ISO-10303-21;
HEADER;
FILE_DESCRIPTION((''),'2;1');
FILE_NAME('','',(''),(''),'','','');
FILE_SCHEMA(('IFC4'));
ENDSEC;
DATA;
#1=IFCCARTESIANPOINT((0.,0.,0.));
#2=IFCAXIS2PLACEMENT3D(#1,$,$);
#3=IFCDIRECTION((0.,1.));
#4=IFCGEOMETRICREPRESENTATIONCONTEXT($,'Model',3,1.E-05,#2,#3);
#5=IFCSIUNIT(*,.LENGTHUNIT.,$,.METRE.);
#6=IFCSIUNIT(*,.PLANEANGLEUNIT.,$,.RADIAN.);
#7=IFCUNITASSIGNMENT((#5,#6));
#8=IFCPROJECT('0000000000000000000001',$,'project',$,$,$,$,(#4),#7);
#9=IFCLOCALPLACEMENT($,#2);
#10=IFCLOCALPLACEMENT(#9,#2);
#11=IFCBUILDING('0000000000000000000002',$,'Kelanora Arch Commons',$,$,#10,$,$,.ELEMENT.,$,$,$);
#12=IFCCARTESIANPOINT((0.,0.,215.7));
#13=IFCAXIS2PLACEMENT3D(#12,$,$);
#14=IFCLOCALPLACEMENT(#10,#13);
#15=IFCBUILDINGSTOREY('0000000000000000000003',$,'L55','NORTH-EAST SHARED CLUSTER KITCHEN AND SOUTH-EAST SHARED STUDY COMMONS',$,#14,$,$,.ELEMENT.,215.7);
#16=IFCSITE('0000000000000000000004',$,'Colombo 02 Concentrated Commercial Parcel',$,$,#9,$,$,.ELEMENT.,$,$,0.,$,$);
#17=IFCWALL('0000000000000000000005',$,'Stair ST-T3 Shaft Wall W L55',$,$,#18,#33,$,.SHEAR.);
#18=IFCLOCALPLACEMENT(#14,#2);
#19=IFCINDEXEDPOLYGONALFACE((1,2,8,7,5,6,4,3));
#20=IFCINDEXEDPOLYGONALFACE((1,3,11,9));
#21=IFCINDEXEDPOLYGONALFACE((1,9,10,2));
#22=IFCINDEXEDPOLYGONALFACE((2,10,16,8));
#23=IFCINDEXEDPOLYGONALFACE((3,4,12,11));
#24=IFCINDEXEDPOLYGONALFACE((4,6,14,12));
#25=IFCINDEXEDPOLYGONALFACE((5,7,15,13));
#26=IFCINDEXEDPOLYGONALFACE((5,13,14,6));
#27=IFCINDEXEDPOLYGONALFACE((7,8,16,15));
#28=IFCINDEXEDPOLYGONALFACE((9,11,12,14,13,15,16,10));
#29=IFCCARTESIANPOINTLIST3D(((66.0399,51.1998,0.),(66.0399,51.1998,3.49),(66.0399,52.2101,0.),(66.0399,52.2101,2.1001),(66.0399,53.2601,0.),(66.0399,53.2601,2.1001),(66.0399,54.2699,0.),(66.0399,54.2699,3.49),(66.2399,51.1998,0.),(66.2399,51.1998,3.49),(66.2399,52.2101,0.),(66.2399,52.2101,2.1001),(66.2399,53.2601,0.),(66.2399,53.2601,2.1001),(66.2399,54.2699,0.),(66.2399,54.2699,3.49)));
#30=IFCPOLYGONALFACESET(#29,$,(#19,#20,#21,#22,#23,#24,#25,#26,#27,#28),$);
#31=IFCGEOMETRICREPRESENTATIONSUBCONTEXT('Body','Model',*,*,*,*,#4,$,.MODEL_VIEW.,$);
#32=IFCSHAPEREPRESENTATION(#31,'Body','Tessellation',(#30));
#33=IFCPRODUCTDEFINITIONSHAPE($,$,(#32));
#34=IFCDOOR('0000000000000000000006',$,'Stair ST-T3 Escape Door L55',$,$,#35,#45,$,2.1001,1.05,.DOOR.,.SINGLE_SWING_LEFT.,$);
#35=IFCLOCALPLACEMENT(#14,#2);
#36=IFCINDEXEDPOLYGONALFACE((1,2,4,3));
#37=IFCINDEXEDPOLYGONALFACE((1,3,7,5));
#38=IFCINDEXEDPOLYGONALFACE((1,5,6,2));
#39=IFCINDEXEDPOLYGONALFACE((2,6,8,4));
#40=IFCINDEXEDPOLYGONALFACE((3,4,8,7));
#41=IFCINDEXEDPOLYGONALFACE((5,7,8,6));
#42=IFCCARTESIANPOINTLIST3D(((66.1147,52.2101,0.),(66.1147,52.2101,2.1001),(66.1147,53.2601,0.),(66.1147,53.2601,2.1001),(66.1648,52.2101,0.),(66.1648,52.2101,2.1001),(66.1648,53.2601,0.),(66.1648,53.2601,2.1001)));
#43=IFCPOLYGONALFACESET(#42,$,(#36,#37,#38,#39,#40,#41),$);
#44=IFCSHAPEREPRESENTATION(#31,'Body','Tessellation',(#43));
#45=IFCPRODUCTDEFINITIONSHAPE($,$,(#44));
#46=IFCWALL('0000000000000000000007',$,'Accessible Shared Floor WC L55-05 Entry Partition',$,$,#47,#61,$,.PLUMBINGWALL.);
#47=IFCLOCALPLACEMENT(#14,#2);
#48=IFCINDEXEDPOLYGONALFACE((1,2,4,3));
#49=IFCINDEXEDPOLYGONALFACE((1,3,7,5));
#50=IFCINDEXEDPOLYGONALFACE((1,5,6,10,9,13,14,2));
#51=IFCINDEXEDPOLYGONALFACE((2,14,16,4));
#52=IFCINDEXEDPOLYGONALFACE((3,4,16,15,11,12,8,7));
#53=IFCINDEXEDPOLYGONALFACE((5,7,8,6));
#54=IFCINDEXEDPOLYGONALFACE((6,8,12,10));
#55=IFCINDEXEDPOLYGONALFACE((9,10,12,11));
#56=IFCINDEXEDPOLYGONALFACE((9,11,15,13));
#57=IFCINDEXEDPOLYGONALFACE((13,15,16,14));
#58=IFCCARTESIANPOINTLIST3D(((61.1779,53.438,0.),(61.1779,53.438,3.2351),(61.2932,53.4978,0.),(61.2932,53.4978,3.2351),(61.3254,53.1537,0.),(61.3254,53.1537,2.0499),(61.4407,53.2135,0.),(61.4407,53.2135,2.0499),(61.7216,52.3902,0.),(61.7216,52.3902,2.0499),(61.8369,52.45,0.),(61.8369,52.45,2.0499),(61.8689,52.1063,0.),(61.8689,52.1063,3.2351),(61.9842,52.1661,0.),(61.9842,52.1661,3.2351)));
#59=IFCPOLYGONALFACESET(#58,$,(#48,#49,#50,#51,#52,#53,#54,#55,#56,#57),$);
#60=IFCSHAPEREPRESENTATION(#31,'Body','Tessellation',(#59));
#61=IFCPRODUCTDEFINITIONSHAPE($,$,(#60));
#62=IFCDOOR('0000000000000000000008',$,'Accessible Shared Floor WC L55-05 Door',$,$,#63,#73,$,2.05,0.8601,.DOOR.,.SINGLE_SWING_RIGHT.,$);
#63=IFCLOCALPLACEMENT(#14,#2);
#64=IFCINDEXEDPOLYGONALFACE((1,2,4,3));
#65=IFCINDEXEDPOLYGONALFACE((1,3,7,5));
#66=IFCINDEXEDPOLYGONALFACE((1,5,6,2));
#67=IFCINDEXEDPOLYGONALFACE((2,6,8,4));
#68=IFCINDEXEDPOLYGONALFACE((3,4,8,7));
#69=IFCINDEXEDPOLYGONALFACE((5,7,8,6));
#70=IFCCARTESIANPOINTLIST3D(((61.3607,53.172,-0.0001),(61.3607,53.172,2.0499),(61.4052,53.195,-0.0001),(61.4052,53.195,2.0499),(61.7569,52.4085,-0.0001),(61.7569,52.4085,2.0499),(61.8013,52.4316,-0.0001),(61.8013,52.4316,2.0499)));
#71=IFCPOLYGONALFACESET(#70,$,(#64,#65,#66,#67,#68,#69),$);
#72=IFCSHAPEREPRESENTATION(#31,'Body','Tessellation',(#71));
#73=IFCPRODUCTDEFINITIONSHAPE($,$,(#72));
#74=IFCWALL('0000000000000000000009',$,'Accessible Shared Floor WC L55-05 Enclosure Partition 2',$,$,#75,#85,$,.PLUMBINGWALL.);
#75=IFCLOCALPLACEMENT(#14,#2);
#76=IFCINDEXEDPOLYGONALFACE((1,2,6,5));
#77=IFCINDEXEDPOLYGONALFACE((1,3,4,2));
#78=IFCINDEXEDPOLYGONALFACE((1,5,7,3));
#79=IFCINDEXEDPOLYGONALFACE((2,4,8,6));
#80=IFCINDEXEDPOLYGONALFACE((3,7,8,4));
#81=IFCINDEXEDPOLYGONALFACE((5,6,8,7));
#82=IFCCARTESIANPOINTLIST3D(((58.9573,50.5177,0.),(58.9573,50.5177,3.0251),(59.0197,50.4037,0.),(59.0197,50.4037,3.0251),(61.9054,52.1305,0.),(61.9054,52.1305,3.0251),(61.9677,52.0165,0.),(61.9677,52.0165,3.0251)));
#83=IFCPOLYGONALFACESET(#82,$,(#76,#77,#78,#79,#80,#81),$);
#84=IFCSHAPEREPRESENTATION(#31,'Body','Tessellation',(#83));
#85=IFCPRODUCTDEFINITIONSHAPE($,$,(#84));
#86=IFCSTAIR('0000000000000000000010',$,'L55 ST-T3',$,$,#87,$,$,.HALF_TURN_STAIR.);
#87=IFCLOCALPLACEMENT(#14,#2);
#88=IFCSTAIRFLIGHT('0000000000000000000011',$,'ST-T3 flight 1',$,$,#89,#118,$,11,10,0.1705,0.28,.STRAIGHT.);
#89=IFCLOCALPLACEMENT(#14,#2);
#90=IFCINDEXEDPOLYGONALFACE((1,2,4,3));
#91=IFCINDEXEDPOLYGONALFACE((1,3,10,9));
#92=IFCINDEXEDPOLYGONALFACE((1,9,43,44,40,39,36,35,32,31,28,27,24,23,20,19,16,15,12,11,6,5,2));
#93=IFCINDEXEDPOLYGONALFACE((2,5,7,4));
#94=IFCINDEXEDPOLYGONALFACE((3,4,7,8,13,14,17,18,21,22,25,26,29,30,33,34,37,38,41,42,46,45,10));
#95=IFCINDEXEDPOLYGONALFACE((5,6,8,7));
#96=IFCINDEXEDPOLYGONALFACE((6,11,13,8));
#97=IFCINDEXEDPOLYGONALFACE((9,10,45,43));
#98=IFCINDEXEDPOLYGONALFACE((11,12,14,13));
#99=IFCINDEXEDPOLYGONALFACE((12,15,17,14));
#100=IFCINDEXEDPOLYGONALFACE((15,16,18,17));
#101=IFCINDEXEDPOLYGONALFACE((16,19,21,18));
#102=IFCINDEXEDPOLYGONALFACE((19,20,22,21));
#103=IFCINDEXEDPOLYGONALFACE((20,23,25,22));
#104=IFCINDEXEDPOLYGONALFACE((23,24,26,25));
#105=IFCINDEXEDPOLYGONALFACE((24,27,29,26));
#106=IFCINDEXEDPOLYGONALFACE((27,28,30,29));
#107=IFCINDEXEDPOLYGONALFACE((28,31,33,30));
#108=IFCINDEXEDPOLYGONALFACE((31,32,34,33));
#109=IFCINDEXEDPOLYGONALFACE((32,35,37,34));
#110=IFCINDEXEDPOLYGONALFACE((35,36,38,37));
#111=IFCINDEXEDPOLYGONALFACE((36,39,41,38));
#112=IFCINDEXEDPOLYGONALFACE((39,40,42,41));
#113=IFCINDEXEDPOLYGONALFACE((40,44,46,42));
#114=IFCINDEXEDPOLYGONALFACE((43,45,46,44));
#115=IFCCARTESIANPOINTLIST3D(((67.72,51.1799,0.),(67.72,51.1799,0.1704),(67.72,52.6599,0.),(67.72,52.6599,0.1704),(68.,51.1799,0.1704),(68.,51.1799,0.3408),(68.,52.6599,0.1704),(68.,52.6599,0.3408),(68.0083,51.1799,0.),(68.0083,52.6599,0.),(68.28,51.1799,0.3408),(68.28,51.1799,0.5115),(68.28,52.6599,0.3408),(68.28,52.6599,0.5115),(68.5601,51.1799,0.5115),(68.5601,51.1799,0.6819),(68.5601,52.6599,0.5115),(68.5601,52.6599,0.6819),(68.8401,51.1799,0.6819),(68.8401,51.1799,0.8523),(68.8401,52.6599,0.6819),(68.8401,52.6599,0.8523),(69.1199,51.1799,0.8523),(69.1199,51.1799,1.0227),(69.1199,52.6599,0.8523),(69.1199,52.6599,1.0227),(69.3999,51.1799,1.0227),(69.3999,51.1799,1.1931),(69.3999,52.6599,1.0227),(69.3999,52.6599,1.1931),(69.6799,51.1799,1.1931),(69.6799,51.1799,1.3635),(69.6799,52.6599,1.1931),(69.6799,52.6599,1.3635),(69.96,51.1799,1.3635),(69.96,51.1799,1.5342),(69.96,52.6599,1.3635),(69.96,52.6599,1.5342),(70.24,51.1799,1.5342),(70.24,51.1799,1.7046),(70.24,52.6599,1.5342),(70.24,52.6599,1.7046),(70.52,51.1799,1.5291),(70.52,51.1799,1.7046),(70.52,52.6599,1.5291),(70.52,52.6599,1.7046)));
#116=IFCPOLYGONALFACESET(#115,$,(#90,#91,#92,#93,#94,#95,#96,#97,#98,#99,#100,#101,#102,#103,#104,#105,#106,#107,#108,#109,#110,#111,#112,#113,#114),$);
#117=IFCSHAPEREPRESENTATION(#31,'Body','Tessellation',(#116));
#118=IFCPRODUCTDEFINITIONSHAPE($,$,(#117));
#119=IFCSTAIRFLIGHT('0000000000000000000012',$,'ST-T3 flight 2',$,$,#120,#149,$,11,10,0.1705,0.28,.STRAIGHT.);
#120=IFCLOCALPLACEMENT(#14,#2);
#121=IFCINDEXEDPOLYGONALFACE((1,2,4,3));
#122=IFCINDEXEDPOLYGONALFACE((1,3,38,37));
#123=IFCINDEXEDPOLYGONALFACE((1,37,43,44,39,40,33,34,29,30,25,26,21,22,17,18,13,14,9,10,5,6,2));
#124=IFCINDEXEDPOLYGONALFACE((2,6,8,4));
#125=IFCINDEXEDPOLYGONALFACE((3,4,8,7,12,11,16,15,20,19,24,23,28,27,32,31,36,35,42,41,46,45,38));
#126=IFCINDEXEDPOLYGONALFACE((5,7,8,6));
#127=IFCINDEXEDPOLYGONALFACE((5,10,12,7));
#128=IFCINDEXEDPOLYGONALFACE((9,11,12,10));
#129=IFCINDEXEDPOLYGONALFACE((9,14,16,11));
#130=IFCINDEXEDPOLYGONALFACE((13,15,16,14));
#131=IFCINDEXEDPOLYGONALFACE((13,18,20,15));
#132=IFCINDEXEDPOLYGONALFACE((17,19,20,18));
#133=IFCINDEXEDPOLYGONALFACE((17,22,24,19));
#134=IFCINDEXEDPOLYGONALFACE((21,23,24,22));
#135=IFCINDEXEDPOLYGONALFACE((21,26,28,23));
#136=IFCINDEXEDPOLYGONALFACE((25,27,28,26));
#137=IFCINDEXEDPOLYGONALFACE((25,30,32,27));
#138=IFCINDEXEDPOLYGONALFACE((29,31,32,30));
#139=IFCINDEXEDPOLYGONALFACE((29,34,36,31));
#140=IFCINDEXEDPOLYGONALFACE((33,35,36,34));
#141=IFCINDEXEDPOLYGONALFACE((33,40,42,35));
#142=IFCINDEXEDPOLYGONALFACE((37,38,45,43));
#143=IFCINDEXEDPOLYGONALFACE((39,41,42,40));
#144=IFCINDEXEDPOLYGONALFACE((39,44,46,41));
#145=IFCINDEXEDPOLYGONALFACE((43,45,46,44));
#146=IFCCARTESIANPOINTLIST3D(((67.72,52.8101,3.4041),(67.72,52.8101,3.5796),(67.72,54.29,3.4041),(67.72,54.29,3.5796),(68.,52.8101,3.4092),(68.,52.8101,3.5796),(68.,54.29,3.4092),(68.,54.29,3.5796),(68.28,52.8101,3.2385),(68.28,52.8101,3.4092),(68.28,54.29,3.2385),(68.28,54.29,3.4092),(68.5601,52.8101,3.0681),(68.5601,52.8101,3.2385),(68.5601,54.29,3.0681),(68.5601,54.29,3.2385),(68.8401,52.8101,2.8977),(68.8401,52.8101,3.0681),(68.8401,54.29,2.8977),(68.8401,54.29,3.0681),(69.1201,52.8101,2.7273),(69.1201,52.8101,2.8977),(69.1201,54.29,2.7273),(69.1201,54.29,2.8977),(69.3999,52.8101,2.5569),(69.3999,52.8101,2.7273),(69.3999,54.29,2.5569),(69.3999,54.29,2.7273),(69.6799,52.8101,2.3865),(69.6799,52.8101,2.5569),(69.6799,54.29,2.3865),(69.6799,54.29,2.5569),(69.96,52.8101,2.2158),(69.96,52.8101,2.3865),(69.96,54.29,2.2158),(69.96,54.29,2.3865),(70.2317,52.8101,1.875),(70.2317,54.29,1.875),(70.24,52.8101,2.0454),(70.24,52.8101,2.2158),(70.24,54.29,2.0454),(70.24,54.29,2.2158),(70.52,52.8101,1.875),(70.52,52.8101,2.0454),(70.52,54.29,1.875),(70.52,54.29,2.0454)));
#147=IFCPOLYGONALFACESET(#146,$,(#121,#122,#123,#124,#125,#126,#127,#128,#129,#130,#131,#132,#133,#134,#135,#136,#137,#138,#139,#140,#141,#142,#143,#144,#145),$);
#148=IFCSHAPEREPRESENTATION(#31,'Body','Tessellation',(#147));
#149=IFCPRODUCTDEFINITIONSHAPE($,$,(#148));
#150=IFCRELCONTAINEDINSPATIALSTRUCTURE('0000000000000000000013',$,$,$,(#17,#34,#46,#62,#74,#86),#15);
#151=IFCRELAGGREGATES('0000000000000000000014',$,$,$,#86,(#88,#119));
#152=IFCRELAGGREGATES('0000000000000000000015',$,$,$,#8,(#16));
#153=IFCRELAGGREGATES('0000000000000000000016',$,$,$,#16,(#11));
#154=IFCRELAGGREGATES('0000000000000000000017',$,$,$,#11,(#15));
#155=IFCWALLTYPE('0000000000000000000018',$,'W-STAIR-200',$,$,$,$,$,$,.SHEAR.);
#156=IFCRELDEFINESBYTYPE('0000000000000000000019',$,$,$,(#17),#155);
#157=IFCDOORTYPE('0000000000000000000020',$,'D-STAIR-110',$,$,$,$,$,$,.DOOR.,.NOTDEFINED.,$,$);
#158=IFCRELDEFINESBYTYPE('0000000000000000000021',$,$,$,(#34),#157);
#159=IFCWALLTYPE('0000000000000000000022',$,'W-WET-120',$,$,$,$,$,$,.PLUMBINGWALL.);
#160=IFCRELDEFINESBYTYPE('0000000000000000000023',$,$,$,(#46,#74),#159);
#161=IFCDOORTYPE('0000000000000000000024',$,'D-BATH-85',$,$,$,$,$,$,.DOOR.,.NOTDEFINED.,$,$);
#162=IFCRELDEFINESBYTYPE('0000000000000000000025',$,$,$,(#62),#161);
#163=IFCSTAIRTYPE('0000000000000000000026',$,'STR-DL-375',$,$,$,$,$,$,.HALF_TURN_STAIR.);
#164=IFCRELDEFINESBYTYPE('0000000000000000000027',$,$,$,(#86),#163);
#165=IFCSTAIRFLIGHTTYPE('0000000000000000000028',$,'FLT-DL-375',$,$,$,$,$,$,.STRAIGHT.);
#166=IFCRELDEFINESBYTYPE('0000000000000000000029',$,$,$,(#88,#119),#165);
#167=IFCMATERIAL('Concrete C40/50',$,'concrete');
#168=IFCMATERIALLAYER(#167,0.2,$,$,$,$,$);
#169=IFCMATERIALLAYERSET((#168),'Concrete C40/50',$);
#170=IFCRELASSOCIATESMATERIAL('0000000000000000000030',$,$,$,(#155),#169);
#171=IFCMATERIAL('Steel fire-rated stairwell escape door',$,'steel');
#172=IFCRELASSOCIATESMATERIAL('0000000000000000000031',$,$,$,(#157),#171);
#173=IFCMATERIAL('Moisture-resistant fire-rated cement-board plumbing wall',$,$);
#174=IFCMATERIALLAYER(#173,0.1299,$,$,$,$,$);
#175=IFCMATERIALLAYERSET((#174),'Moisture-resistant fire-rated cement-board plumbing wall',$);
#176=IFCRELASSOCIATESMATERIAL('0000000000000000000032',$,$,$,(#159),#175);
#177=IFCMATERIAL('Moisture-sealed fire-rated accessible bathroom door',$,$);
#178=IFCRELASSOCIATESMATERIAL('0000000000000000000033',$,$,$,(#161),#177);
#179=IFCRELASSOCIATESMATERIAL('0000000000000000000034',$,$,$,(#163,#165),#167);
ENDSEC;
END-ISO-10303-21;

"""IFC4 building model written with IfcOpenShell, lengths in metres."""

from ifc_helpers import new_model, si_unit, direction, frame, frame_2d, origin, place, context, subcontext, project, spatial, polyline, rectangle, outline, extrude, material, layer, layer_set, type_object, element, fill, aggregate, save


model = new_model("IFC4")

# Units and contexts
model_context = context("Model", 3, precision=1e-05, world=origin(), true_north=direction((0.0, 1.0)))
body_context = subcontext(model_context, "Body", "Model", "MODEL_VIEW")
ifc_project = project(units=[si_unit("LENGTHUNIT", "METRE"), si_unit("PLANEANGLEUNIT", "RADIAN")], contexts=[model_context])

# Site, building, storey
site_placement = place(None, origin())
site = spatial("IfcSite", under=ifc_project, at=site_placement, Name="Colombo 02 Concentrated Commercial Parcel", CompositionType="ELEMENT", RefElevation=0.0)
building_placement = place(site_placement, origin())
building = spatial("IfcBuilding", under=site, at=building_placement, Name="Kelanora Arch Commons", CompositionType="ELEMENT")
storey_placement = place(building_placement, frame((0.0, 0.0, 215.7)))
storey = spatial("IfcBuildingStorey", under=building, at=storey_placement, Name="L55", Description="NORTH-EAST SHARED CLUSTER KITCHEN AND SOUTH-EAST SHARED STUDY COMMONS", CompositionType="ELEMENT", Elevation=215.7)

# Shared definitions
ifc_material_1 = material(Name="Concrete C40/50", Category="concrete")

# Shared definitions
ifc_layer_1 = layer(ifc_material_1, 0.2)
ifc_layer_set_1 = layer_set([ifc_layer_1], Name="Concrete C40/50")
wall_type_1 = type_object("IfcWallType", Name="W-STAIR-200", PredefinedType="SHEAR", material=ifc_layer_set_1)

# Walls, openings, doors
wall_1_placement = place(storey_placement, frame((66.1399, 54.27, 0.0), z_axis=(0.0, 0.0, 1.0), x_axis=(0.0, -1.0, 0.0)))
wall_1 = element("IfcWall", 1, at=wall_1_placement, inside=storey, type_object=wall_type_1, Name="Stair ST-T3 Shaft Wall W L55", PredefinedType="SHEAR", context=body_context, shape_type="SweptSolid", body=[
    extrude(rectangle(XDim=3.0701, YDim=0.2, at=frame_2d((1.5352, 0.0))), origin(), (0.0, 0.0, 1.0), 3.49),
])
opening_1_placement = place(wall_1_placement, frame((1.01, 0.0, 0.0)))
opening_1 = element("IfcOpeningElement", 2, at=opening_1_placement, cuts=wall_1, PredefinedType="OPENING", context=body_context, shape_type="SweptSolid", body=[
    extrude(rectangle(XDim=1.05, YDim=2.1001, at=frame_2d((0.5249, 1.05))), frame((0.0, 0.1099, 0.0), z_axis=(0.0, -1.0, 0.0), x_axis=(1.0, 0.0, 0.0)), (0.0, 0.0, 1.0), 0.22),
])
ifc_material_2 = material(Name="Steel fire-rated stairwell escape door", Category="steel")
door_type_1 = type_object("IfcDoorType", Name="D-STAIR-110", OperationType="NOTDEFINED", PredefinedType="DOOR", material=ifc_material_2)
door_1_placement = place(opening_1_placement, origin())
door_1 = element("IfcDoor", 3, at=door_1_placement, inside=storey, type_object=door_type_1, Name="Stair ST-T3 Escape Door L55", OperationType="SINGLE_SWING_LEFT", OverallHeight=2.1001, OverallWidth=1.05, PredefinedType="DOOR", context=body_context, shape_type="SweptSolid", body=[
    extrude(rectangle(XDim=1.05, YDim=2.1001, at=frame_2d((0.5249, 1.05))), frame((0.0, 0.0249, 0.0), z_axis=(0.0, -1.0, 0.0), x_axis=(1.0, 0.0, 0.0)), (0.0, 0.0, 1.0), 0.05),
])
fill(opening_1, door_1)
ifc_material_3 = material(Name="Moisture-resistant fire-rated cement-board plumbing wall")
ifc_layer_2 = layer(ifc_material_3, 0.1299)
ifc_layer_set_2 = layer_set([ifc_layer_2], Name="Moisture-resistant fire-rated cement-board plumbing wall")
wall_type_2 = type_object("IfcWallType", Name="W-WET-120", PredefinedType="PLUMBINGWALL", material=ifc_layer_set_2)
wall_2_placement = place(storey_placement, frame((61.2356, 53.4678, 0.0), z_axis=(0.0, 0.0, 1.0), x_axis=(0.460574, -0.887621, 0.0)))
wall_2 = element("IfcWall", 4, at=wall_2_placement, inside=storey, type_object=wall_type_2, Name="Accessible Shared Floor WC L55-05 Entry Partition", PredefinedType="PLUMBINGWALL", context=body_context, shape_type="SweptSolid", body=[
    extrude(rectangle(XDim=1.5002, YDim=0.1299, at=frame_2d((0.75, 0.0))), origin(), (0.0, 0.0, 1.0), 3.2351),
])
opening_2_placement = place(wall_2_placement, frame((0.3201, 0.0, 0.0)))
opening_2 = element("IfcOpeningElement", 5, at=opening_2_placement, cuts=wall_2, PredefinedType="OPENING", context=body_context, shape_type="SweptSolid", body=[
    extrude(rectangle(XDim=0.8601, YDim=2.05, at=frame_2d((0.4302, 1.0249))), frame((0.0, 0.075, 0.0), z_axis=(0.0, -1.0, 0.0), x_axis=(1.0, 0.0, 0.0)), (0.0, 0.0, 1.0), 0.1499),
])
ifc_material_4 = material(Name="Moisture-sealed fire-rated accessible bathroom door")
door_type_2 = type_object("IfcDoorType", Name="D-BATH-85", OperationType="NOTDEFINED", PredefinedType="DOOR", material=ifc_material_4)
door_2_placement = place(opening_2_placement, origin())
door_2 = element("IfcDoor", 6, at=door_2_placement, inside=storey, type_object=door_type_2, Name="Accessible Shared Floor WC L55-05 Door", OperationType="SINGLE_SWING_RIGHT", OverallHeight=2.05, OverallWidth=0.8601, PredefinedType="DOOR", context=body_context, shape_type="SweptSolid", body=[
    extrude(rectangle(XDim=0.8601, YDim=2.05, at=frame_2d((0.4302, 1.0249))), frame((0.0, 0.0249, 0.0), z_axis=(0.0, -1.0, 0.0), x_axis=(1.0, 0.0, 0.0)), (0.0, 0.0, 1.0), 0.05),
])
fill(opening_2, door_2)

# Wall
wall_3_placement = place(storey_placement, frame((61.9365, 52.0735, 0.0), z_axis=(0.0, 0.0, 1.0), x_axis=(-0.877295, -0.479951, 0.0)))
element("IfcWall", 7, at=wall_3_placement, inside=storey, type_object=wall_type_2, Name="Accessible Shared Floor WC L55-05 Enclosure Partition 2", PredefinedType="PLUMBINGWALL", context=body_context, shape_type="SweptSolid", body=[
    extrude(rectangle(XDim=3.3604, YDim=0.1299, at=frame_2d((1.6802, 0.0))), origin(), (0.0, 0.0, 1.0), 3.0251),
])

# Stair, stair flights
stair_type = type_object("IfcStairType", Name="STR-DL-375", PredefinedType="HALF_TURN_STAIR", material=ifc_material_1)
stair_placement = place(storey_placement, origin())
stair = element("IfcStair", 8, at=stair_placement, inside=storey, type_object=stair_type, Name="L55 ST-T3", PredefinedType="HALF_TURN_STAIR")
stair_flight_type = type_object("IfcStairFlightType", Name="FLT-DL-375", PredefinedType="STRAIGHT", material=ifc_material_1)
stair_flight_1_placement = place(storey_placement, frame((67.72, 51.9199, 0.0), z_axis=(0.0, 0.0, 1.0), x_axis=(1.0, 0.0, 0.0)))
stair_flight_1 = element("IfcStairFlight", 9, at=stair_flight_1_placement, type_object=stair_flight_type, Name="ST-T3 flight 1", NumberOfRisers=11, NumberOfTreads=10, PredefinedType="STRAIGHT", RiserHeight=0.1705, TreadLength=0.28, context=body_context, shape_type="SweptSolid", body=[
    extrude(outline(polyline([(0.0, 0.0), (0.0, 0.1704), (0.28, 0.1704), (0.28, 0.3408), (0.5601, 0.3408), (0.5601, 0.5115), (0.8401, 0.5115), (0.8401, 0.6819), (1.1201, 0.6819), (1.1201, 0.8523), (1.3999, 0.8523), (1.3999, 1.0227), (1.6799, 1.0227), (1.6799, 1.1931), (1.96, 1.1931), (1.96, 1.3635), (2.24, 1.3635), (2.24, 1.5342), (2.52, 1.5342), (2.52, 1.7046), (2.8, 1.7046), (2.8, 1.875), (2.8, 1.5291), (0.2883, 0.0), (0.0, 0.0)])), frame((0.0, 0.74, 0.0), z_axis=(0.0, -1.0, 0.0), x_axis=(1.0, 0.0, 0.0)), (0.0, 0.0, 1.0), 1.48),
])
stair_flight_2_placement = place(storey_placement, frame((70.52, 53.55, 1.875), z_axis=(0.0, 0.0, 1.0), x_axis=(-1.0, 0.0, 0.0)))
stair_flight_2 = element("IfcStairFlight", 10, at=stair_flight_2_placement, type_object=stair_flight_type, Name="ST-T3 flight 2", NumberOfRisers=11, NumberOfTreads=10, PredefinedType="STRAIGHT", RiserHeight=0.1705, TreadLength=0.28, context=body_context, shape_type="SweptSolid", body=[
    extrude(outline(polyline([(0.0, 0.0), (0.0, 0.1704), (0.28, 0.1704), (0.28, 0.3408), (0.5601, 0.3408), (0.5601, 0.5115), (0.8401, 0.5115), (0.8401, 0.6819), (1.1201, 0.6819), (1.1201, 0.8523), (1.3999, 0.8523), (1.3999, 1.0227), (1.6799, 1.0227), (1.6799, 1.1931), (1.96, 1.1931), (1.96, 1.3635), (2.24, 1.3635), (2.24, 1.5342), (2.52, 1.5342), (2.52, 1.7046), (2.8, 1.7046), (2.8, 1.875), (2.8, 1.5291), (0.2883, 0.0), (0.0, 0.0)])), frame((0.0, 0.74, 0.0), z_axis=(0.0, -1.0, 0.0), x_axis=(1.0, 0.0, 0.0)), (0.0, 0.0, 1.0), 1.48),
])
aggregate(stair, [stair_flight_1, stair_flight_2])

save(model, "model.ifc")
